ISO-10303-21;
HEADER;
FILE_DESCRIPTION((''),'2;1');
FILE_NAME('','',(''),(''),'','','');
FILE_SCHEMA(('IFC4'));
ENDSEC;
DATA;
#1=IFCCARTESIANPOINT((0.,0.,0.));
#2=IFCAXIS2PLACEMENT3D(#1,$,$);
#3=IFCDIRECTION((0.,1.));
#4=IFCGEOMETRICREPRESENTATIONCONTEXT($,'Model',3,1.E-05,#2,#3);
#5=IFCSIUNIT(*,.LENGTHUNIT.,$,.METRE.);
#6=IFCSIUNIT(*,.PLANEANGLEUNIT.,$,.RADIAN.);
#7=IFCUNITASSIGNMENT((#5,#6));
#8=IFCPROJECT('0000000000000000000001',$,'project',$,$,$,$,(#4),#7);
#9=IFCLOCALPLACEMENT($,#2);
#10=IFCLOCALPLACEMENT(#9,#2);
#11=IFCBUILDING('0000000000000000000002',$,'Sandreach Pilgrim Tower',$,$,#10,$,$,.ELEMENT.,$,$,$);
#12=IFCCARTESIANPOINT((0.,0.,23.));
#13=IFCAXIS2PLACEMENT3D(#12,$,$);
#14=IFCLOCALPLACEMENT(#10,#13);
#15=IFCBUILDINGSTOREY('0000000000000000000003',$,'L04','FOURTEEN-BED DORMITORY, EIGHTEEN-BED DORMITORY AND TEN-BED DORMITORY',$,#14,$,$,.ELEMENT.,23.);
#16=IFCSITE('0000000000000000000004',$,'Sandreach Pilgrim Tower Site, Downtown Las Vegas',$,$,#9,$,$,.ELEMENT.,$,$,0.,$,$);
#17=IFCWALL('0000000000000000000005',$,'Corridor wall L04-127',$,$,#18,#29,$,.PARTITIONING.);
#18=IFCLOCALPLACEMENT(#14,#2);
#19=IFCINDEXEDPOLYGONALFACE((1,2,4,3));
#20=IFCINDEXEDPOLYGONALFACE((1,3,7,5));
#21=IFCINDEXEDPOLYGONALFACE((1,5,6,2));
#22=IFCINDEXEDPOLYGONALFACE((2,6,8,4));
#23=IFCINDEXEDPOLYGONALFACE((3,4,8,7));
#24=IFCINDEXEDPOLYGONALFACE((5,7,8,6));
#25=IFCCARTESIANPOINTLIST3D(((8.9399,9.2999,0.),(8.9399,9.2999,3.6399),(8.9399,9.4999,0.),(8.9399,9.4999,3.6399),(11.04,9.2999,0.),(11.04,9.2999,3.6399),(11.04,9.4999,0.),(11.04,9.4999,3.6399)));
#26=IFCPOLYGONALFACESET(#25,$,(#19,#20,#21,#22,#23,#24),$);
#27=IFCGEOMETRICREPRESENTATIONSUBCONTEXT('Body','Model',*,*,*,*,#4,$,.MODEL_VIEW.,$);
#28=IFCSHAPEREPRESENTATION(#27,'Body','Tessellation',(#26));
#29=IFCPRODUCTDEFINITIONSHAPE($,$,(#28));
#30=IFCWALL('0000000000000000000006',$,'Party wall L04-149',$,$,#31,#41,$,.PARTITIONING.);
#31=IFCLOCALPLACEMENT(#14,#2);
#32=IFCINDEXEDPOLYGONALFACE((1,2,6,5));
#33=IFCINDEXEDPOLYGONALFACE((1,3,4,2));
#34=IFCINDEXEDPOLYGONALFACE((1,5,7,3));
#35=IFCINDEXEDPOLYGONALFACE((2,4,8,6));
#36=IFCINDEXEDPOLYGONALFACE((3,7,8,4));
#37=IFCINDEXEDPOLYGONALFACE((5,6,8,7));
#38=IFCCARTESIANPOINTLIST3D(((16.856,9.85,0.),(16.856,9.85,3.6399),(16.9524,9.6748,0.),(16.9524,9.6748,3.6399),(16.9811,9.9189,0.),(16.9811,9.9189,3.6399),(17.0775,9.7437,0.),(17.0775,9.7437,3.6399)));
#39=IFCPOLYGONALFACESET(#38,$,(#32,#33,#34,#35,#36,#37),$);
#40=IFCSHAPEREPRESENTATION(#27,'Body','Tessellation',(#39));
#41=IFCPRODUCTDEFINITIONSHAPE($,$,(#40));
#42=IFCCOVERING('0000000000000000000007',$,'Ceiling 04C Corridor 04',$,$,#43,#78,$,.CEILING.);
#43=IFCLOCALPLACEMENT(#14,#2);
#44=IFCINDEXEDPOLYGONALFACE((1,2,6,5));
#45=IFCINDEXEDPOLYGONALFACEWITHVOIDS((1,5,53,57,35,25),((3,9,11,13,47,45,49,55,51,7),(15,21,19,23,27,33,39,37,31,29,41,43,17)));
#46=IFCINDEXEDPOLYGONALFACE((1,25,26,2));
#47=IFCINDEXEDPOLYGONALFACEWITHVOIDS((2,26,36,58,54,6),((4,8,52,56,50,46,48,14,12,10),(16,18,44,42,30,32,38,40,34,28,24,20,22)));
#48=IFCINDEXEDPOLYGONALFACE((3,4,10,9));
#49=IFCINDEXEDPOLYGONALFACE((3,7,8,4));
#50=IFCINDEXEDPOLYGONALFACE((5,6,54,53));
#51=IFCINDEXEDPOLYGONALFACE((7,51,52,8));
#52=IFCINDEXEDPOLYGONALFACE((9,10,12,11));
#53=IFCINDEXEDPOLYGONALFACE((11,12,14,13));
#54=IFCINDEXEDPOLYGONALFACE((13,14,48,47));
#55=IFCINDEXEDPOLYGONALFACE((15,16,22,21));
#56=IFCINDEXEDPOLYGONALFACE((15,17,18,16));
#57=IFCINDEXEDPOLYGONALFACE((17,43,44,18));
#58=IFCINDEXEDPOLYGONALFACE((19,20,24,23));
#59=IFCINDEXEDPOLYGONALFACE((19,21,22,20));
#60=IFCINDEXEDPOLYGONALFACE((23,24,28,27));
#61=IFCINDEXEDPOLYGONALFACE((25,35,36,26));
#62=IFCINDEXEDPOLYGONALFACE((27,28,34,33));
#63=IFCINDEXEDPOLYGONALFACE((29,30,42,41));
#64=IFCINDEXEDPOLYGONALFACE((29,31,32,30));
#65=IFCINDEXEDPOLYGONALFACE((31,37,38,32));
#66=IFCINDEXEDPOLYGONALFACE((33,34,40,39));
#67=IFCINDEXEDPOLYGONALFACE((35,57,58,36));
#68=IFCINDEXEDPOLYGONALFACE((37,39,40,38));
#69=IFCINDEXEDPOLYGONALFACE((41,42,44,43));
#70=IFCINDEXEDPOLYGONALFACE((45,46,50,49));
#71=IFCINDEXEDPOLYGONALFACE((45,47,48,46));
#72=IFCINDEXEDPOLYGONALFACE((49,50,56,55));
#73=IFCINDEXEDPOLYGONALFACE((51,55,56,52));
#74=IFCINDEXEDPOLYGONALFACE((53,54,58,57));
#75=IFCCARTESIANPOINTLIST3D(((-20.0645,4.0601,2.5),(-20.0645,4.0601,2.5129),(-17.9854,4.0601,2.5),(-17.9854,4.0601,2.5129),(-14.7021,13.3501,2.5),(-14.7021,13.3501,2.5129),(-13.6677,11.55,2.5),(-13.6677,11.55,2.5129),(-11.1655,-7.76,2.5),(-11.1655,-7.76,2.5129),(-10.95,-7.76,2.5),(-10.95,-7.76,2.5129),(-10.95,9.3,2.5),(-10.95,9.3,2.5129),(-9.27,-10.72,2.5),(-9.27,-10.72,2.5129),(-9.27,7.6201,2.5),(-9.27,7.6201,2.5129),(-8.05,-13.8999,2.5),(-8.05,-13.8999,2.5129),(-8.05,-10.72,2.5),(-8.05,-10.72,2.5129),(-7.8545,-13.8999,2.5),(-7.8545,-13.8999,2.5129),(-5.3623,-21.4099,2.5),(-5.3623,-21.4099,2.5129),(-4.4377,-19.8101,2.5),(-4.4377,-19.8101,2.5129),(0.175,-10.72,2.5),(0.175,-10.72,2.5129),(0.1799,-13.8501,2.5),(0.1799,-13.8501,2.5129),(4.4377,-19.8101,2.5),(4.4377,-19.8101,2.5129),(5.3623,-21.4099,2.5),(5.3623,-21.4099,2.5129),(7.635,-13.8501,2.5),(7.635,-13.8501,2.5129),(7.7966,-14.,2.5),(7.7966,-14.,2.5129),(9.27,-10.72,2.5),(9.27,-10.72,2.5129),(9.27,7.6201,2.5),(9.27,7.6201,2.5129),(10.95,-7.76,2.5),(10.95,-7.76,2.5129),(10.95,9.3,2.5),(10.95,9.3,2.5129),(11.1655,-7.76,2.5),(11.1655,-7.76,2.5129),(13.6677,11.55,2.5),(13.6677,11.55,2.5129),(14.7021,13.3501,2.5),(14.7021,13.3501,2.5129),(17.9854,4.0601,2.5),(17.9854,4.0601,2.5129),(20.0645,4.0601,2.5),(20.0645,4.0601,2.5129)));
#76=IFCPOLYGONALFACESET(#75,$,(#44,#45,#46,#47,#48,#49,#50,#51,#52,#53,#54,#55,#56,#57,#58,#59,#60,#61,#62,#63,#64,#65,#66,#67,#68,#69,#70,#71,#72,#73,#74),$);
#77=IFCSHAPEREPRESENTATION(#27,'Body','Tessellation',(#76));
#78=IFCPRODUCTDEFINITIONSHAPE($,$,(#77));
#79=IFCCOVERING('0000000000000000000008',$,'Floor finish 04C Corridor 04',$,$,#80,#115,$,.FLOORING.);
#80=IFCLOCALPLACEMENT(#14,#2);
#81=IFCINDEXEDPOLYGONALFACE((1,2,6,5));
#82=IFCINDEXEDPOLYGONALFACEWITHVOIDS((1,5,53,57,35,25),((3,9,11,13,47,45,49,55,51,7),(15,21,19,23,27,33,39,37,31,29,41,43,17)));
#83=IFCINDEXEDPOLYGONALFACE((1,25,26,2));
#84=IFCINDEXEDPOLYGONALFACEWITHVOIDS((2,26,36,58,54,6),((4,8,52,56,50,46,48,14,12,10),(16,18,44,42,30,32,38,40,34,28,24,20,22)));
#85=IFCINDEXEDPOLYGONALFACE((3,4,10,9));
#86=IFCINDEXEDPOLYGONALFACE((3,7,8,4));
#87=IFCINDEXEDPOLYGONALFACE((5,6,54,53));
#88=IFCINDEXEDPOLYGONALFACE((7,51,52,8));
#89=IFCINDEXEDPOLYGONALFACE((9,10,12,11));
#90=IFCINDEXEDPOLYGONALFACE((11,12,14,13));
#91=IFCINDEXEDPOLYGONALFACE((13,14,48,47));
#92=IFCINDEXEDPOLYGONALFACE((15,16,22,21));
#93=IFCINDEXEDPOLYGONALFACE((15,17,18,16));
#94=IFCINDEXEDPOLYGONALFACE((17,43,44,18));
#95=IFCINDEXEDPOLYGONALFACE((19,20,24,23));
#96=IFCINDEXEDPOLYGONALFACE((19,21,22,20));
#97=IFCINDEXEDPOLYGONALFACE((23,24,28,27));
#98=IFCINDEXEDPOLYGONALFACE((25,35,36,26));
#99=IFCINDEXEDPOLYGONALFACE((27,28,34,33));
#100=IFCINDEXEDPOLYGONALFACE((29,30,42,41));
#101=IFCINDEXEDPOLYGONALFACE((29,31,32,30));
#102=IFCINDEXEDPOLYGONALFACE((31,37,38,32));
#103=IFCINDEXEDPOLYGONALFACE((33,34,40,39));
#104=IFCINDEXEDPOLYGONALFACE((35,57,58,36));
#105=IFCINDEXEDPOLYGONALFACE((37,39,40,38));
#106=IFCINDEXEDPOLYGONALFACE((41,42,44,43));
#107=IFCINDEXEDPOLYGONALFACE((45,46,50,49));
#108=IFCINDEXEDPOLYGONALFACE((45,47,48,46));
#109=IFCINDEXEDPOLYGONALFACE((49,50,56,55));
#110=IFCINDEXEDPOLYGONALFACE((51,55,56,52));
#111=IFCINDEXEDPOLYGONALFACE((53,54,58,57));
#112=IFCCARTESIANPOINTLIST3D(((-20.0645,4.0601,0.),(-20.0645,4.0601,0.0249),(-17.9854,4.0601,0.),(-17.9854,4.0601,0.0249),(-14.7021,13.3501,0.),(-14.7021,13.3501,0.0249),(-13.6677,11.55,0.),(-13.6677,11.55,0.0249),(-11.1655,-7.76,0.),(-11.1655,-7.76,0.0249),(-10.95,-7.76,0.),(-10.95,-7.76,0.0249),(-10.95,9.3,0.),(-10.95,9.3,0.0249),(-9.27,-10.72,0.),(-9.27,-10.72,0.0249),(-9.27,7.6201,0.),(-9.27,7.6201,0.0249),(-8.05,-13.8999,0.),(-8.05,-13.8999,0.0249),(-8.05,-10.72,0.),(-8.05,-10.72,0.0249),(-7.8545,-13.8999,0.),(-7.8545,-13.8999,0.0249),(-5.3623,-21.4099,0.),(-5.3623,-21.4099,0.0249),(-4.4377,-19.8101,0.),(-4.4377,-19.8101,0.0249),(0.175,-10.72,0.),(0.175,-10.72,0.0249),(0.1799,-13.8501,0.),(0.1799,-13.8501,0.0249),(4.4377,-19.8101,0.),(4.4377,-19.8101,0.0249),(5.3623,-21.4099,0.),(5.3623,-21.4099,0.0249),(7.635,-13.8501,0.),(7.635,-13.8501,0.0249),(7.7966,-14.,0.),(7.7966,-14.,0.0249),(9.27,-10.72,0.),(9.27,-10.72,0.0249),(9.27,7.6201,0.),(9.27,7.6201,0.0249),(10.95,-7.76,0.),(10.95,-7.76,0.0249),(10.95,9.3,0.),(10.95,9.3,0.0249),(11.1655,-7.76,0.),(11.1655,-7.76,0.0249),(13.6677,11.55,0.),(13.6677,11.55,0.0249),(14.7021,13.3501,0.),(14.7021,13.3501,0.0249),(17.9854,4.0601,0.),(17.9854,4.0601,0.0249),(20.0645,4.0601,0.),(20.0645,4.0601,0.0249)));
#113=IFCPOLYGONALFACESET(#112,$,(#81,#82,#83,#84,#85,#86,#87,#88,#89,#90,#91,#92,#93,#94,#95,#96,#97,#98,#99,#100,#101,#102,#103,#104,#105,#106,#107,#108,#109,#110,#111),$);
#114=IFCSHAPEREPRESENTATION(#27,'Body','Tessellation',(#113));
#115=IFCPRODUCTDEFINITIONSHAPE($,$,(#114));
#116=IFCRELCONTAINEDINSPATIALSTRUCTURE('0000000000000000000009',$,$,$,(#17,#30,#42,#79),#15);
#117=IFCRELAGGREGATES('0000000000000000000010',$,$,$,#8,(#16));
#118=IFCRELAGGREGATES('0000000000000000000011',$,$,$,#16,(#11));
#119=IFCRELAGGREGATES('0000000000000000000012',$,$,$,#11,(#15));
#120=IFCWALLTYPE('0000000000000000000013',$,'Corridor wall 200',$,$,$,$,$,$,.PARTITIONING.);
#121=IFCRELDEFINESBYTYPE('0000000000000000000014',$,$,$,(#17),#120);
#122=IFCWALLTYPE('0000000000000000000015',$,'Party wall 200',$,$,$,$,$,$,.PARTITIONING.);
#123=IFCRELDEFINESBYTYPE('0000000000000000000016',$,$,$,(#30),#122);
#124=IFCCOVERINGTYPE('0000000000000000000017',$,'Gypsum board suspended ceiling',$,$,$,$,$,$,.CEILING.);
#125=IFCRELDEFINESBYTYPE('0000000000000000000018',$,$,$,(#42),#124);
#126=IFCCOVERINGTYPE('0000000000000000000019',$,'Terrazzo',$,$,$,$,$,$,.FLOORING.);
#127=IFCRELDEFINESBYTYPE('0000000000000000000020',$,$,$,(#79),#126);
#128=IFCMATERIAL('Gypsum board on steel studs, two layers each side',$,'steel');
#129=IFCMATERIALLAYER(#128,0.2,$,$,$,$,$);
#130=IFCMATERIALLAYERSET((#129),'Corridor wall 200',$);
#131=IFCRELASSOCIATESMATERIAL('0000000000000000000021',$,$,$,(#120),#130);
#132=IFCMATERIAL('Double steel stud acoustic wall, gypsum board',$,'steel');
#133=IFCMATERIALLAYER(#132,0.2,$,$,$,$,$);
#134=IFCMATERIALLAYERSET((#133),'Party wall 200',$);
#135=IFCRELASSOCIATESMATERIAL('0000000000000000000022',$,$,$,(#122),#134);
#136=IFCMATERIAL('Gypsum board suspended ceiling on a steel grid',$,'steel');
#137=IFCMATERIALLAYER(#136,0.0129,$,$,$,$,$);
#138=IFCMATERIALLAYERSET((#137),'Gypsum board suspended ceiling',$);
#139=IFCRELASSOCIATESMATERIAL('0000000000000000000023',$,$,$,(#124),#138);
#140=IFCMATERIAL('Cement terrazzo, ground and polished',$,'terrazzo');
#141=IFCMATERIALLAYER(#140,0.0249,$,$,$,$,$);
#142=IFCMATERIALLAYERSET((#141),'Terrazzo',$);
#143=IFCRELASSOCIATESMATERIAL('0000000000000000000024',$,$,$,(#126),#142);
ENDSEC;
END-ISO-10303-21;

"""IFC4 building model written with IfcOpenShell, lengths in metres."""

from ifc_helpers import new_model, si_unit, direction, frame, frame_2d, origin, place, context, subcontext, project, spatial, polyline, rectangle, outline, extrude, material, layer, layer_set, type_object, element, save


model = new_model("IFC4")

# Units and contexts
model_context = context("Model", 3, precision=1e-05, world=origin(), true_north=direction((0.0, 1.0)))
body_context = subcontext(model_context, "Body", "Model", "MODEL_VIEW")
ifc_project = project(units=[si_unit("LENGTHUNIT", "METRE"), si_unit("PLANEANGLEUNIT", "RADIAN")], contexts=[model_context])

# Site, building, storey
site_placement = place(None, origin())
site = spatial("IfcSite", under=ifc_project, at=site_placement, Name="Sandreach Pilgrim Tower Site, Downtown Las Vegas", CompositionType="ELEMENT", RefElevation=0.0)
building_placement = place(site_placement, origin())
building = spatial("IfcBuilding", under=site, at=building_placement, Name="Sandreach Pilgrim Tower", CompositionType="ELEMENT")
storey_placement = place(building_placement, frame((0.0, 0.0, 23.0)))
storey = spatial("IfcBuildingStorey", under=building, at=storey_placement, Name="L04", Description="FOURTEEN-BED DORMITORY, EIGHTEEN-BED DORMITORY AND TEN-BED DORMITORY", CompositionType="ELEMENT", Elevation=23.0)

# Shared definitions
ifc_material_1 = material(Name="Gypsum board on steel studs, two layers each side", Category="steel")
ifc_layer_1 = layer(ifc_material_1, 0.2)
ifc_layer_set_1 = layer_set([ifc_layer_1], Name="Corridor wall 200")
wall_type_1 = type_object("IfcWallType", Name="Corridor wall 200", PredefinedType="PARTITIONING", material=ifc_layer_set_1)

# Wall
wall_1_placement = place(storey_placement, frame((11.04, 9.3999, 0.0), z_axis=(0.0, 0.0, 1.0), x_axis=(-1.0, 0.0, 0.0)))
element("IfcWall", 1, at=wall_1_placement, inside=storey, type_object=wall_type_1, Name="Corridor wall L04-127", PredefinedType="PARTITIONING", context=body_context, shape_type="SweptSolid", body=[
    extrude(rectangle(XDim=2.1001, YDim=0.2, at=frame_2d((1.05, 0.0))), origin(), (0.0, 0.0, 1.0), 3.6399),
])

# Wall
ifc_material_2 = material(Name="Double steel stud acoustic wall, gypsum board", Category="steel")
ifc_layer_2 = layer(ifc_material_2, 0.2)
ifc_layer_set_2 = layer_set([ifc_layer_2], Name="Party wall 200")
wall_type_2 = type_object("IfcWallType", Name="Party wall 200", PredefinedType="PARTITIONING", material=ifc_layer_set_2)
wall_2_placement = place(storey_placement, frame((16.9043, 9.7625, 0.0), z_axis=(0.0, 0.0, 1.0), x_axis=(0.875927, 0.482444, 0.0)))
element("IfcWall", 2, at=wall_2_placement, inside=storey, type_object=wall_type_2, Name="Party wall L04-149", PredefinedType="PARTITIONING", context=body_context, shape_type="SweptSolid", body=[
    extrude(rectangle(XDim=0.1428, YDim=0.2, at=frame_2d((0.0713, 0.0))), origin(), (0.0, 0.0, 1.0), 3.6399),
])

# Coverings
ifc_material_3 = material(Name="Gypsum board suspended ceiling on a steel grid", Category="steel")
ifc_layer_3 = layer(ifc_material_3, 0.0129)
ifc_layer_set_3 = layer_set([ifc_layer_3], Name="Gypsum board suspended ceiling")
covering_type_1 = type_object("IfcCoveringType", Name="Gypsum board suspended ceiling", PredefinedType="CEILING", material=ifc_layer_set_3)
covering_1_placement = place(storey_placement, frame((0.0, 0.0, 2.5)))
element("IfcCovering", 3, at=covering_1_placement, inside=storey, type_object=covering_type_1, Name="Ceiling 04C Corridor 04", PredefinedType="CEILING", context=body_context, shape_type="SweptSolid", body=[
    extrude(outline(polyline([(-5.3623, -21.4099), (-20.0645, 4.0601), (-14.7021, 13.3501), (14.7021, 13.3501), (20.0645, 4.0601), (5.3623, -21.4099), (-5.3623, -21.4099)]), holes=[polyline([(-11.1655, -7.76), (-10.95, -7.76), (-10.95, 9.3), (10.95, 9.3), (10.95, -7.76), (11.1655, -7.76), (17.9854, 4.0601), (13.6677, 11.55), (-13.6677, 11.55), (-17.9854, 4.0601), (-11.1655, -7.76)]), polyline([(-8.05, -10.72), (-8.05, -13.8999), (-7.8545, -13.8999), (-4.4377, -19.8101), (4.4377, -19.8101), (7.7966, -14.0), (7.635, -13.8501), (0.1799, -13.8501), (0.175, -10.72), (9.27, -10.72), (9.27, 7.6201), (-9.27, 7.6201), (-9.27, -10.72), (-8.05, -10.72)])]), origin(), (0.0, 0.0, 1.0), 0.0129),
])
ifc_material_4 = material(Name="Cement terrazzo, ground and polished", Category="terrazzo")
ifc_layer_4 = layer(ifc_material_4, 0.0249)
ifc_layer_set_4 = layer_set([ifc_layer_4], Name="Terrazzo")
covering_type_2 = type_object("IfcCoveringType", Name="Terrazzo", PredefinedType="FLOORING", material=ifc_layer_set_4)
covering_2_placement = place(storey_placement, origin())
element("IfcCovering", 4, at=covering_2_placement, inside=storey, type_object=covering_type_2, Name="Floor finish 04C Corridor 04", PredefinedType="FLOORING", context=body_context, shape_type="SweptSolid", body=[
    extrude(outline(polyline([(-5.3623, -21.4099), (-20.0645, 4.0601), (-14.7021, 13.3501), (14.7021, 13.3501), (20.0645, 4.0601), (5.3623, -21.4099), (-5.3623, -21.4099)]), holes=[polyline([(-11.1655, -7.76), (-10.95, -7.76), (-10.95, 9.3), (10.95, 9.3), (10.95, -7.76), (11.1655, -7.76), (17.9854, 4.0601), (13.6677, 11.55), (-13.6677, 11.55), (-17.9854, 4.0601), (-11.1655, -7.76)]), polyline([(-8.05, -10.72), (-8.05, -13.8999), (-7.8545, -13.8999), (-4.4377, -19.8101), (4.4377, -19.8101), (7.7966, -14.0), (7.635, -13.8501), (0.1799, -13.8501), (0.175, -10.72), (9.27, -10.72), (9.27, 7.6201), (-9.27, 7.6201), (-9.27, -10.72), (-8.05, -10.72)])]), origin(), (0.0, 0.0, 1.0), 0.0249),
])

save(model, "model.ifc")
